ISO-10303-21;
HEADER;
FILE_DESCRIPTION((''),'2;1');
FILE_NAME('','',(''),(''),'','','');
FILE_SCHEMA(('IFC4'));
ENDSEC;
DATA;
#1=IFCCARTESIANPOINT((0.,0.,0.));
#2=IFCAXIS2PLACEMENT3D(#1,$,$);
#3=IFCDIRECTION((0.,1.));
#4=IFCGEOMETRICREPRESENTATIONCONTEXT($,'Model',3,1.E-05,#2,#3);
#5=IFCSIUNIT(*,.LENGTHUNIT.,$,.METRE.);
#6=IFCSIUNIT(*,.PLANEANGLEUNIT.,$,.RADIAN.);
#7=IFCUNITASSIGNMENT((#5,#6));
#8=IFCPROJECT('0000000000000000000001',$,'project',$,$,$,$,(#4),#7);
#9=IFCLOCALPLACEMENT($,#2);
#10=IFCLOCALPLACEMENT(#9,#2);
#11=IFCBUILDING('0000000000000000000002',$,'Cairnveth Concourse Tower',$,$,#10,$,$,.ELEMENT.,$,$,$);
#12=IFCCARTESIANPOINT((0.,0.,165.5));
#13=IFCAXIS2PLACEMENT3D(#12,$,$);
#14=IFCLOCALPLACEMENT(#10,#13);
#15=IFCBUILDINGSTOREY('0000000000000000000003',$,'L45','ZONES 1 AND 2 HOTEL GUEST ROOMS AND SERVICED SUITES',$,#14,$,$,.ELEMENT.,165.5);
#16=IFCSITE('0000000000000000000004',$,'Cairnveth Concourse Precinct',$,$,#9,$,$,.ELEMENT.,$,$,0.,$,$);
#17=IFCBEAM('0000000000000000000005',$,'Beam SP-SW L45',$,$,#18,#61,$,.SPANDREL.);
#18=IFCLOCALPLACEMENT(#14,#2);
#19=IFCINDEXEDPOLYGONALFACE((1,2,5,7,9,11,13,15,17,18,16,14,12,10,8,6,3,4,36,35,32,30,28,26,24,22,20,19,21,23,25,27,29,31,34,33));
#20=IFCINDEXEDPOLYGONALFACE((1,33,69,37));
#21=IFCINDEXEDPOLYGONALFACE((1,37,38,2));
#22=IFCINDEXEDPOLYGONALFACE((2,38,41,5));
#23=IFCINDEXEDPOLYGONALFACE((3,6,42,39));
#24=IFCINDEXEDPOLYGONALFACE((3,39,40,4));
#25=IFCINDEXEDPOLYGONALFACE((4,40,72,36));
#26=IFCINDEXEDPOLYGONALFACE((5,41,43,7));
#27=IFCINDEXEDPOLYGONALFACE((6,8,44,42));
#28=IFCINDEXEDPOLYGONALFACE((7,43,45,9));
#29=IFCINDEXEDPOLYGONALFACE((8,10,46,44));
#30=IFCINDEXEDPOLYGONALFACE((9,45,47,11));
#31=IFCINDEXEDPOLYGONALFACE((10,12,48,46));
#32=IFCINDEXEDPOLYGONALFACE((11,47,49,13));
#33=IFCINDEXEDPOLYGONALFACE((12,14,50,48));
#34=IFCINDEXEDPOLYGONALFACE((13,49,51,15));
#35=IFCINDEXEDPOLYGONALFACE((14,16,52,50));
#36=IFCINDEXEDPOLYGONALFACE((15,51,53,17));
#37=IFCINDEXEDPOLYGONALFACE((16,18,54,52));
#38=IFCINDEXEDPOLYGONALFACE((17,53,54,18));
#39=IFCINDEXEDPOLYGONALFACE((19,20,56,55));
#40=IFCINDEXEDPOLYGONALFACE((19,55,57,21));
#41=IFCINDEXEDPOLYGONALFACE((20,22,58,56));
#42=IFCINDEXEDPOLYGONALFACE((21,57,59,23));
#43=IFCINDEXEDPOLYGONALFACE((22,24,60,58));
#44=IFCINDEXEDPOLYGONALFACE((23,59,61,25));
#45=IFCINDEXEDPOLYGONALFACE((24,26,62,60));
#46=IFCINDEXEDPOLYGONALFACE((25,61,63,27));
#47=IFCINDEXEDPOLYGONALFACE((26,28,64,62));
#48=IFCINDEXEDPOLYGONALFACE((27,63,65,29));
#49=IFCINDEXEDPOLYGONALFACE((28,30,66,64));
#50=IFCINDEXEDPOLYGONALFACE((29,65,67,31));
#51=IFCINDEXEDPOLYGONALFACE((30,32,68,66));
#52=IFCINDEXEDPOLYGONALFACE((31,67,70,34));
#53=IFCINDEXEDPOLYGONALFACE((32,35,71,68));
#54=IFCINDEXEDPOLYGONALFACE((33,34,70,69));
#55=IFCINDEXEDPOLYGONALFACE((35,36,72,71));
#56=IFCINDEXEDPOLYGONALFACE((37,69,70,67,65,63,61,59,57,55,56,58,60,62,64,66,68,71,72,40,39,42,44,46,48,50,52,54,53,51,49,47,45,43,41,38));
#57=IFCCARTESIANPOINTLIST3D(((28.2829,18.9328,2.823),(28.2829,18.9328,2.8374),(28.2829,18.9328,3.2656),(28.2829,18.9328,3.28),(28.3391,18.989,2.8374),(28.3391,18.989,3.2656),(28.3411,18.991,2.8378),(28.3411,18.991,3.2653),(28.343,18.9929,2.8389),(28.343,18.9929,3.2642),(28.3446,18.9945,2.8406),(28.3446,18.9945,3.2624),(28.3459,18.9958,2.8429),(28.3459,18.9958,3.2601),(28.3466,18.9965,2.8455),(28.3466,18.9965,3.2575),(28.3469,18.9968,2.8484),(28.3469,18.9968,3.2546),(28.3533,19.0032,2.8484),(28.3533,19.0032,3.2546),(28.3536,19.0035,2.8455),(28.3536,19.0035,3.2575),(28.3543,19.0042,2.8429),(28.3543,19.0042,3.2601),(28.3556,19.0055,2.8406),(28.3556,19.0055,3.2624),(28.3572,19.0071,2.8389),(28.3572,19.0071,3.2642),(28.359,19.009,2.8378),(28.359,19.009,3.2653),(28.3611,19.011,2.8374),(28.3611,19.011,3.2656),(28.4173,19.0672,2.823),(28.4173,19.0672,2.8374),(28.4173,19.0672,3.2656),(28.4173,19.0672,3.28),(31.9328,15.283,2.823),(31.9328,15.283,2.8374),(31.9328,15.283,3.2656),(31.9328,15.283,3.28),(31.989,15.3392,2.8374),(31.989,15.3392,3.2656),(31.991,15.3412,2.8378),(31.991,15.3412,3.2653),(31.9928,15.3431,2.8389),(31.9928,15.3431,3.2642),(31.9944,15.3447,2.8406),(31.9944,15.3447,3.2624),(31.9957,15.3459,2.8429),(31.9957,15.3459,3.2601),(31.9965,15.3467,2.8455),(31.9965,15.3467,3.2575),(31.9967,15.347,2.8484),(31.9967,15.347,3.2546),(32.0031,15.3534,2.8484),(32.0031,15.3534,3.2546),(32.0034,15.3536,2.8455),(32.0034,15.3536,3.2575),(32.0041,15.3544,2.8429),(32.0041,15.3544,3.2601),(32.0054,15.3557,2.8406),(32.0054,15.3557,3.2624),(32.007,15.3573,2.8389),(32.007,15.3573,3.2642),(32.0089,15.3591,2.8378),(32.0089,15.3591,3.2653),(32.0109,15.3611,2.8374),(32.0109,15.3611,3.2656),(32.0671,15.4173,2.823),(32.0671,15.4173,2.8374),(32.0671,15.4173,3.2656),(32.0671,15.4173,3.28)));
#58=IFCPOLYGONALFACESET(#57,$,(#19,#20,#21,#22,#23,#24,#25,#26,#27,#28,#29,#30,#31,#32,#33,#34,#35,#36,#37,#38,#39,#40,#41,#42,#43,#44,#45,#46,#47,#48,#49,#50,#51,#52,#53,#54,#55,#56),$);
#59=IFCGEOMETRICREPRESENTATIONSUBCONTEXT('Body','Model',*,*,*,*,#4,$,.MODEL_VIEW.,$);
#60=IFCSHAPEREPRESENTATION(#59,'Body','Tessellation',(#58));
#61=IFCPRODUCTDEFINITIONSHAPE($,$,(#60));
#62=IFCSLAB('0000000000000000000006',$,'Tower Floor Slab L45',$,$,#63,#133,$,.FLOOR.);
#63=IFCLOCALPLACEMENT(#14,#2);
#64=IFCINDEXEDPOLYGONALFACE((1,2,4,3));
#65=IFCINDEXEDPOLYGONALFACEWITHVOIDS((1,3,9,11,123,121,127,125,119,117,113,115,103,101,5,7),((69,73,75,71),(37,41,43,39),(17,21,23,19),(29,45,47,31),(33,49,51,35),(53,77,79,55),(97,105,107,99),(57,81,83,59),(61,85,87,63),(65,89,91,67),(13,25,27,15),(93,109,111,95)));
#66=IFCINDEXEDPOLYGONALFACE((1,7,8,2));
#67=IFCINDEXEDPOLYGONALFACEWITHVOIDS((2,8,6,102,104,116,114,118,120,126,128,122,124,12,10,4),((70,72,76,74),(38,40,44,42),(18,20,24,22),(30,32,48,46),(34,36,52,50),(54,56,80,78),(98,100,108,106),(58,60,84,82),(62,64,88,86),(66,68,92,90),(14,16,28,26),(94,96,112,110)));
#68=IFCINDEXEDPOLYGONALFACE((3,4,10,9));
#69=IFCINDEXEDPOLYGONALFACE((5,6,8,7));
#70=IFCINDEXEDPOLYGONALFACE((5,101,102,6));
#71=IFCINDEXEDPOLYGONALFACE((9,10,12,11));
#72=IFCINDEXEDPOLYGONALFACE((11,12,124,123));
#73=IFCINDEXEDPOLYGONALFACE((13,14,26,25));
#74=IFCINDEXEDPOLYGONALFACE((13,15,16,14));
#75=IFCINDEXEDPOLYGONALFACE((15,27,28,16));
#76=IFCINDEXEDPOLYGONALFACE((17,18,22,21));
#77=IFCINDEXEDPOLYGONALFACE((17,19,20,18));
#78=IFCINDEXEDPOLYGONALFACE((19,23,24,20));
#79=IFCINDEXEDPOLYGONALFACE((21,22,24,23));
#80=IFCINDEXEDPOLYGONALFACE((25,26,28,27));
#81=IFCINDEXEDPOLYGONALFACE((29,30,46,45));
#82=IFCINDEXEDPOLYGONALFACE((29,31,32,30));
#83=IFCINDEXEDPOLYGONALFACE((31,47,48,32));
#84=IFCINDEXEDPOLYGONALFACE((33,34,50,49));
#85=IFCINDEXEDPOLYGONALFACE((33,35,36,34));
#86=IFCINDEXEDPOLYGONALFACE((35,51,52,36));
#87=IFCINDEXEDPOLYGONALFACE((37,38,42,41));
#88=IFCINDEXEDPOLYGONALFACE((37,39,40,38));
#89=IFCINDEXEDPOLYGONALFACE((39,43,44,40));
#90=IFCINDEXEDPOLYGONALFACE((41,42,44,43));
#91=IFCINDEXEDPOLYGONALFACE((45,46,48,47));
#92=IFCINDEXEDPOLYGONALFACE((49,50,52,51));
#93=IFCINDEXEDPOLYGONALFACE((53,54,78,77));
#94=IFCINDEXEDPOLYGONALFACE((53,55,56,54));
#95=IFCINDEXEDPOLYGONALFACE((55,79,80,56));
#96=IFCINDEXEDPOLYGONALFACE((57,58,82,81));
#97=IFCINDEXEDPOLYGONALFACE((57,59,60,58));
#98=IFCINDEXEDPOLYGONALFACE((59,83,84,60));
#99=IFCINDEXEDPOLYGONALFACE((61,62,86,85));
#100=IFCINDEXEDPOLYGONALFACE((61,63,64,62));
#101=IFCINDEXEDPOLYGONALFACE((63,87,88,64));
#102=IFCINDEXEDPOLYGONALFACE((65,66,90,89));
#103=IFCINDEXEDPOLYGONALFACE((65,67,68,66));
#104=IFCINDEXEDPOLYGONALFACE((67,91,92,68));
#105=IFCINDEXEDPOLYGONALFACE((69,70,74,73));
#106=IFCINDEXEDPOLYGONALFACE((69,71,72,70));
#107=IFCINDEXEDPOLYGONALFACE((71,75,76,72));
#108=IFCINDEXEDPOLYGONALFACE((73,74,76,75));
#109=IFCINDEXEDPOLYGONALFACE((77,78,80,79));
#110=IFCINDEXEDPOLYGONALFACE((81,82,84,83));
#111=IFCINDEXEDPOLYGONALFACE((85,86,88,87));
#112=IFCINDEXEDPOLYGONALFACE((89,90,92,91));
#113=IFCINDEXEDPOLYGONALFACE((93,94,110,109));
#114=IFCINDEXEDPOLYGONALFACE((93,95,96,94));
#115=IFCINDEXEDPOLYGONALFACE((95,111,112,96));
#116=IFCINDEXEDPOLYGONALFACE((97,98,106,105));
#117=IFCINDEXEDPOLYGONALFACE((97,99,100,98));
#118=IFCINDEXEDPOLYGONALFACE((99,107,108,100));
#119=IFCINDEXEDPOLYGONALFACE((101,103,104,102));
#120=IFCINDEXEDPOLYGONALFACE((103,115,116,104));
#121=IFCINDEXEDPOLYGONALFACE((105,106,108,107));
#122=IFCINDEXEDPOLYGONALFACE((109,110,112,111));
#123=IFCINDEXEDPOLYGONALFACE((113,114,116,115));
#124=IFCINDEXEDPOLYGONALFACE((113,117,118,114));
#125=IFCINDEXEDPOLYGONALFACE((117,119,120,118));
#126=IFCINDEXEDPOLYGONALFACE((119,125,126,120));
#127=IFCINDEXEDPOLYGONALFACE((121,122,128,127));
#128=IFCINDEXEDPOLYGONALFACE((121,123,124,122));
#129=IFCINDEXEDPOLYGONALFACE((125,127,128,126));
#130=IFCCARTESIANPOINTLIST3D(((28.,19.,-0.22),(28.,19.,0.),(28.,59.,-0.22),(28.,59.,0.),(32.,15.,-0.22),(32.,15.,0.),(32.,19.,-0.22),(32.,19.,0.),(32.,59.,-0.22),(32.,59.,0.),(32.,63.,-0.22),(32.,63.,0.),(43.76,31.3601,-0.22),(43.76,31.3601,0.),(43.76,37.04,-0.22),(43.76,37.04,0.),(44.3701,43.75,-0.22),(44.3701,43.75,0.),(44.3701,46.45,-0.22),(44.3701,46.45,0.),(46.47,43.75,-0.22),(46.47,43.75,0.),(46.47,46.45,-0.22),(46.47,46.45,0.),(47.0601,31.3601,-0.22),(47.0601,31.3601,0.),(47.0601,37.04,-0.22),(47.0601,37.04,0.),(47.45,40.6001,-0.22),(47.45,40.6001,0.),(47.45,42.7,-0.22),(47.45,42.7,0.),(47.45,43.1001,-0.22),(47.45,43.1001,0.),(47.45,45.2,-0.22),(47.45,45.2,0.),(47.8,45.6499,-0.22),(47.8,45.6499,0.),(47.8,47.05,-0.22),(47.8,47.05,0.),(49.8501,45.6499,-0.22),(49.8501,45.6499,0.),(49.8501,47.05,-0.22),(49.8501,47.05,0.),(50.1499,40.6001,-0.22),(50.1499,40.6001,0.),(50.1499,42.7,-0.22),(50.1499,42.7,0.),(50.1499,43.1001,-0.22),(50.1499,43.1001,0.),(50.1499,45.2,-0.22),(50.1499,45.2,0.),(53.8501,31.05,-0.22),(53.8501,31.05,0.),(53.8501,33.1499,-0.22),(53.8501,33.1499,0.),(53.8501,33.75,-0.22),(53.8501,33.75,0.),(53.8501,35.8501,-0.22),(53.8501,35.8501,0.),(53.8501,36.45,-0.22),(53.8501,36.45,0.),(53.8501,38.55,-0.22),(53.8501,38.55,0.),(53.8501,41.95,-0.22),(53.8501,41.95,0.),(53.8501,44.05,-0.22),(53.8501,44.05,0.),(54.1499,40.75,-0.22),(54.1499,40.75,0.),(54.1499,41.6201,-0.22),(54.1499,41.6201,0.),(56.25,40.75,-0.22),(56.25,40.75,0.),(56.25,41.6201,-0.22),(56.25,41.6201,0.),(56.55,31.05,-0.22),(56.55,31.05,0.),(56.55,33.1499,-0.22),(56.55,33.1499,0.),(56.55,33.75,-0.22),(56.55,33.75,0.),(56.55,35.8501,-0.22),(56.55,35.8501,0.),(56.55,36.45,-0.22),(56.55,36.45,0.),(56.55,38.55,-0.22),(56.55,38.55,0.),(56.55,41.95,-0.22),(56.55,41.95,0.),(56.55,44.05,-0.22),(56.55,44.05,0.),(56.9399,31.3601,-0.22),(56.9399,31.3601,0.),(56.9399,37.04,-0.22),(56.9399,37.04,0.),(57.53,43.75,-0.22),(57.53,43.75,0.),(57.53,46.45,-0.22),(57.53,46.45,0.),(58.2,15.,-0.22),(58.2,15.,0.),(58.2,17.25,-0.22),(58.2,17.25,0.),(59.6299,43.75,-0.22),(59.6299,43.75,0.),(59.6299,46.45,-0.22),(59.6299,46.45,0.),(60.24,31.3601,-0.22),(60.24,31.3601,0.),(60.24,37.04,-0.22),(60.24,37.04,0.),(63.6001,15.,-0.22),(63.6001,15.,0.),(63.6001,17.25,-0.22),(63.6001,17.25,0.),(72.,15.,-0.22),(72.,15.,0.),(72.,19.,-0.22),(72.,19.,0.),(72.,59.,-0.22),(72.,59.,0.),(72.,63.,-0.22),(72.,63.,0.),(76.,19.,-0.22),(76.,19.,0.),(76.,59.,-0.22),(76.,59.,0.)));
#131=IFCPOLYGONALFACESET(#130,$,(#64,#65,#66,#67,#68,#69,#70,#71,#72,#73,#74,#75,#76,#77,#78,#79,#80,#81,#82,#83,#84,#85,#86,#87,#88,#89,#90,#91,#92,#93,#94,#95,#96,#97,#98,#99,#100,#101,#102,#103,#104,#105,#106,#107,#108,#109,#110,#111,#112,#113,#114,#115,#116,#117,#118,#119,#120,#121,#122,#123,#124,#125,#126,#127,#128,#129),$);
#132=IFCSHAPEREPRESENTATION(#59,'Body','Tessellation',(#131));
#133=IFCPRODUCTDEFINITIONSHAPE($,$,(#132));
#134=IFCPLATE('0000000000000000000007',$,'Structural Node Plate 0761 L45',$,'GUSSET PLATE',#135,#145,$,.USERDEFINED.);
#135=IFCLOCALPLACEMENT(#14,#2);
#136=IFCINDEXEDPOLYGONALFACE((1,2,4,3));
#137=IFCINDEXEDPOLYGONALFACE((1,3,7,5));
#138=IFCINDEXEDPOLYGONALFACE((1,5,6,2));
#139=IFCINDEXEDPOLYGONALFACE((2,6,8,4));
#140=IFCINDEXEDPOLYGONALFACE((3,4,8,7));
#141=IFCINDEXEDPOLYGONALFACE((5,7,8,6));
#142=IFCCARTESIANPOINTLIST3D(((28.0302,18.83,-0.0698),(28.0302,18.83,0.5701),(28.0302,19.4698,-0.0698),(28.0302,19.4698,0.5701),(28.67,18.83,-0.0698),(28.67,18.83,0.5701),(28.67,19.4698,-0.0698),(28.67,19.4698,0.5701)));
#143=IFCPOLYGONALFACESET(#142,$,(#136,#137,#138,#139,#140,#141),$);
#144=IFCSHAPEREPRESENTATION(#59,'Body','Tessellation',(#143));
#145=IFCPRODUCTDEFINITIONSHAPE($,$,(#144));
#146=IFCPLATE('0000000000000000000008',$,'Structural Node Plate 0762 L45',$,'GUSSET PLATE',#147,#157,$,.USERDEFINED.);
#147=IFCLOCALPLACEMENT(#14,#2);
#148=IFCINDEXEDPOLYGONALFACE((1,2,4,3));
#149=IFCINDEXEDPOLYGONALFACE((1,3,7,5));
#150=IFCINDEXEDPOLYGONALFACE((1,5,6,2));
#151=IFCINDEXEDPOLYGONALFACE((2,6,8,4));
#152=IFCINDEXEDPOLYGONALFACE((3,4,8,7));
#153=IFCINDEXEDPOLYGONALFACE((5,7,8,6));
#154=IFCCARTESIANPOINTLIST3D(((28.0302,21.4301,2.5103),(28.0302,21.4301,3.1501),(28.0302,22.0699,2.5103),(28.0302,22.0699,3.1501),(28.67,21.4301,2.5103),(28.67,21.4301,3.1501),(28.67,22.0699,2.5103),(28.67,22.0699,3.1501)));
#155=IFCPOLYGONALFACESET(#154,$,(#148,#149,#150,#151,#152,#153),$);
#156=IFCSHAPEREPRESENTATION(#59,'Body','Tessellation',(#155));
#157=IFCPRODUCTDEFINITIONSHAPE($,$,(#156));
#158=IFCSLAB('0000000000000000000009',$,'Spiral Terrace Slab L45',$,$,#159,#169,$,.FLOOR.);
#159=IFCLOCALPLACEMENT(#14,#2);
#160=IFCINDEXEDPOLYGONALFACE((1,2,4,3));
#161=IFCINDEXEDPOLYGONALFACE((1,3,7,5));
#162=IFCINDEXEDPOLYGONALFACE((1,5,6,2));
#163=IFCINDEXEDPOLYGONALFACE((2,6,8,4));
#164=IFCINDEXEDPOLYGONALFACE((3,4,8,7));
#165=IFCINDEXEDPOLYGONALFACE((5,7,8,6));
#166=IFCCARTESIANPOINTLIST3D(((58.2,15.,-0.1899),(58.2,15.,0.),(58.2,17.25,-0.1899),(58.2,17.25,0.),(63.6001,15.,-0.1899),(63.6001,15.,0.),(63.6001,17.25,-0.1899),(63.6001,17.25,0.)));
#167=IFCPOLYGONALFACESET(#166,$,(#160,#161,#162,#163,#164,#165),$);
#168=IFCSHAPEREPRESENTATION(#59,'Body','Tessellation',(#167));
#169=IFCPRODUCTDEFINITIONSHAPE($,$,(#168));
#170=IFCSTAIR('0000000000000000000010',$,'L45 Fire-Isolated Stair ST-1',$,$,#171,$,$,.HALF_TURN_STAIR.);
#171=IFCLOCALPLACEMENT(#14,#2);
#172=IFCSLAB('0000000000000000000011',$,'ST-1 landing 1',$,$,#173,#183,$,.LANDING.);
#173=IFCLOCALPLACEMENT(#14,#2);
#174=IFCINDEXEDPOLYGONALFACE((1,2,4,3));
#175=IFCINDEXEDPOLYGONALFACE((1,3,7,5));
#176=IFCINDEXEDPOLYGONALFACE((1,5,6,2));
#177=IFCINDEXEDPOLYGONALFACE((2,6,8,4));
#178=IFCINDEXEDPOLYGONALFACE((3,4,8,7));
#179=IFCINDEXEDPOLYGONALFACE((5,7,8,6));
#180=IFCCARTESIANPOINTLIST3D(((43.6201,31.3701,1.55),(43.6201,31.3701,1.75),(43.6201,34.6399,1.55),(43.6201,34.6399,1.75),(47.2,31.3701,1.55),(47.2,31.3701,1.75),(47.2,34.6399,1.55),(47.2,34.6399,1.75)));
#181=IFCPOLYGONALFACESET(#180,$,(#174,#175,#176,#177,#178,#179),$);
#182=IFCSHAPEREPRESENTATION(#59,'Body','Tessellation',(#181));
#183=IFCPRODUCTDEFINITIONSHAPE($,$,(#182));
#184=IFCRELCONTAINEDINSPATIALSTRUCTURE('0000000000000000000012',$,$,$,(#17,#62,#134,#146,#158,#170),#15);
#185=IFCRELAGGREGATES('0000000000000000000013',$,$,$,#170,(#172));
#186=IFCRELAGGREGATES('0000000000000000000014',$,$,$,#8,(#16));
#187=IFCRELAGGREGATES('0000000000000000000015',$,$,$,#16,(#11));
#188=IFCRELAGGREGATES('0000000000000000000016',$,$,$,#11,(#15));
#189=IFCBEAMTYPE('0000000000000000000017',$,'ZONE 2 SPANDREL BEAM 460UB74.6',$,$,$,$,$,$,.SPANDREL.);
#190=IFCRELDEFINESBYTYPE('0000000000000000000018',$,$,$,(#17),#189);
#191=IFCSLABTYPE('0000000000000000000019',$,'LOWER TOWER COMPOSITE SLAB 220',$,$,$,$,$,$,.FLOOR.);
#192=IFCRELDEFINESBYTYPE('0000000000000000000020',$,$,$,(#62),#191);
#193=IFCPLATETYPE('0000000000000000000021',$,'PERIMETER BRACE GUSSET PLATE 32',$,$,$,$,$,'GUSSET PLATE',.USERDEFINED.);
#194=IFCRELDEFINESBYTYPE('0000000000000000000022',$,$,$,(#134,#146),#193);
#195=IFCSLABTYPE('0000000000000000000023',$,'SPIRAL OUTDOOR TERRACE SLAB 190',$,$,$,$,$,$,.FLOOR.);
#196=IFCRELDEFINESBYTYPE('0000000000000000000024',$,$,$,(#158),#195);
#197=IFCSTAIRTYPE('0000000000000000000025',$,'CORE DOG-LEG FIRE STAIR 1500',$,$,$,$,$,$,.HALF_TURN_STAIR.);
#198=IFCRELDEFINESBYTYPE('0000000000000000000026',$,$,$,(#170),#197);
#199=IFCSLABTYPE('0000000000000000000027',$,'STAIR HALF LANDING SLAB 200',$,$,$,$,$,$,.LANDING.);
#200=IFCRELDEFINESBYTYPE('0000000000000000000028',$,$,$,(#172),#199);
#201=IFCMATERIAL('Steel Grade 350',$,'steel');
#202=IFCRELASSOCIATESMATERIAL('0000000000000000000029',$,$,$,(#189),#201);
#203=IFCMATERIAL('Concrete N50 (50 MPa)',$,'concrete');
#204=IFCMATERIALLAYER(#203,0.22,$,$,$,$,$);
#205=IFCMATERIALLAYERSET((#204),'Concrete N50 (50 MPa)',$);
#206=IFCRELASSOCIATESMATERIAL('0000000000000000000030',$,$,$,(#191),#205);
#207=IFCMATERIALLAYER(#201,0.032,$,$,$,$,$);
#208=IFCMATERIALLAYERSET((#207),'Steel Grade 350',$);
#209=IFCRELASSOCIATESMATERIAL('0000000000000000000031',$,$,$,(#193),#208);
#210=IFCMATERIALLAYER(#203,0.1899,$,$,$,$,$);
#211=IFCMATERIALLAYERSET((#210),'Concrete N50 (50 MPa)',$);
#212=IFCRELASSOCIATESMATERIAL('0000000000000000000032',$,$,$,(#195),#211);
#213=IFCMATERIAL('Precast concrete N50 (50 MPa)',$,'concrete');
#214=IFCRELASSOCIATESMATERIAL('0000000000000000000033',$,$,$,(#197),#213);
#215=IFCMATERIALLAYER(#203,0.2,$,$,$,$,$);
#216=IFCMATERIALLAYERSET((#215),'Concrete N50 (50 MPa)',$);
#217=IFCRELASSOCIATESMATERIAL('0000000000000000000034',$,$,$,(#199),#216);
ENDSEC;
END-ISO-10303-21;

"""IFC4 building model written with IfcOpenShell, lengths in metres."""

from ifc_helpers import new_model, si_unit, direction, frame, origin, origin_2d, place, context, subcontext, project, spatial, polyline, rectangle, i_section, outline, extrude, material, layer, layer_set, material_profile, profile_set, type_object, element, aggregate, save


model = new_model("IFC4")

# Units and contexts
model_context = context("Model", 3, precision=1e-05, world=origin(), true_north=direction((0.0, 1.0)))
body_context = subcontext(model_context, "Body", "Model", "MODEL_VIEW")
ifc_project = project(units=[si_unit("LENGTHUNIT", "METRE"), si_unit("PLANEANGLEUNIT", "RADIAN")], contexts=[model_context])

# Site, building, storey
site_placement = place(None, origin())
site = spatial("IfcSite", under=ifc_project, at=site_placement, Name="Cairnveth Concourse Precinct", CompositionType="ELEMENT", RefElevation=0.0)
building_placement = place(site_placement, origin())
building = spatial("IfcBuilding", under=site, at=building_placement, Name="Cairnveth Concourse Tower", CompositionType="ELEMENT")
storey_placement = place(building_placement, frame((0.0, 0.0, 165.5)))
storey = spatial("IfcBuildingStorey", under=building, at=storey_placement, Name="L45", Description="ZONES 1 AND 2 HOTEL GUEST ROOMS AND SERVICED SUITES", CompositionType="ELEMENT", Elevation=165.5)

# Shared definitions
ifc_material_1 = material(Name="Steel Grade 350", Category="steel")

# Beam
ifc_material_profile_1 = material_profile(ifc_material_1, i_section(OverallWidth=0.1899, OverallDepth=0.457, WebThickness=0.009, FlangeThickness=0.0144, FilletRadius=0.011, at=origin_2d()), Name="460UB74.6")
ifc_profile_set_1 = profile_set([ifc_material_profile_1], Name="Steel Grade 350")
beam_type_1 = type_object("IfcBeamType", Name="ZONE 2 SPANDREL BEAM 460UB74.6", PredefinedType="SPANDREL", material=ifc_profile_set_1)
beam_1_placement = place(storey_placement, frame((28.3501, 19.0, 3.0515), z_axis=(0.707107, -0.707107, 0.0), x_axis=(0.707107, 0.707107, 0.0)))
element("IfcBeam", 1, at=beam_1_placement, inside=storey, type_object=beam_type_1, Name="Beam SP-SW L45", PredefinedType="SPANDREL", context=body_context, shape_type="SweptSolid", body=[
    extrude(i_section(OverallWidth=0.1899, OverallDepth=0.457, WebThickness=0.009, FlangeThickness=0.0144, FilletRadius=0.011, at=origin_2d()), origin(), (0.0, 0.0, 1.0), 5.1616),
])

# Slab
ifc_material_2 = material(Name="Concrete N50 (50 MPa)", Category="concrete")
ifc_layer_1 = layer(ifc_material_2, 0.22)
ifc_layer_set_1 = layer_set([ifc_layer_1], Name="Concrete N50 (50 MPa)")
slab_type_1 = type_object("IfcSlabType", Name="LOWER TOWER COMPOSITE SLAB 220", PredefinedType="FLOOR", material=ifc_layer_set_1)
slab_1_placement = place(storey_placement, frame((0.0, 0.0, -0.22)))
element("IfcSlab", 2, at=slab_1_placement, inside=storey, type_object=slab_type_1, Name="Tower Floor Slab L45", PredefinedType="FLOOR", context=body_context, shape_type="SweptSolid", body=[
    extrude(outline(polyline([(58.2, 15.0), (58.2, 17.25), (63.6001, 17.25), (63.6001, 15.0), (72.0, 15.0), (72.0, 19.0), (76.0, 19.0), (76.0, 59.0), (72.0, 59.0), (72.0, 63.0), (32.0, 63.0), (32.0, 59.0), (28.0, 59.0), (28.0, 19.0), (32.0, 19.0), (32.0, 15.0), (58.2, 15.0)]), holes=[polyline([(43.76, 31.3601), (47.0601, 31.3601), (47.0601, 37.04), (43.76, 37.04), (43.76, 31.3601)]), polyline([(56.9399, 31.3601), (60.24, 31.3601), (60.24, 37.04), (56.9399, 37.04), (56.9399, 31.3601)]), polyline([(44.3701, 43.75), (46.47, 43.75), (46.47, 46.45), (44.3701, 46.45), (44.3701, 43.75)]), polyline([(57.53, 43.75), (59.6299, 43.75), (59.6299, 46.45), (57.53, 46.45), (57.53, 43.75)]), polyline([(53.8501, 31.05), (56.55, 31.05), (56.55, 33.1499), (53.8501, 33.1499), (53.8501, 31.05)]), polyline([(53.8501, 33.75), (56.55, 33.75), (56.55, 35.8501), (53.8501, 35.8501), (53.8501, 33.75)]), polyline([(53.8501, 36.45), (56.55, 36.45), (56.55, 38.55), (53.8501, 38.55), (53.8501, 36.45)]), polyline([(47.45, 40.6001), (50.1499, 40.6001), (50.1499, 42.7), (47.45, 42.7), (47.45, 40.6001)]), polyline([(47.45, 43.1001), (50.1499, 43.1001), (50.1499, 45.2), (47.45, 45.2), (47.45, 43.1001)]), polyline([(53.8501, 41.95), (56.55, 41.95), (56.55, 44.05), (53.8501, 44.05), (53.8501, 41.95)]), polyline([(47.8, 45.6499), (49.8501, 45.6499), (49.8501, 47.05), (47.8, 47.05), (47.8, 45.6499)]), polyline([(54.1499, 40.75), (56.25, 40.75), (56.25, 41.6201), (54.1499, 41.6201), (54.1499, 40.75)])]), origin(), (0.0, 0.0, 1.0), 0.22),
])

# Plates
ifc_layer_2 = layer(ifc_material_1, 0.032)
ifc_layer_set_2 = layer_set([ifc_layer_2], Name="Steel Grade 350")
plate_type = type_object("IfcPlateType", Name="PERIMETER BRACE GUSSET PLATE 32", ElementType="GUSSET PLATE", PredefinedType="USERDEFINED", material=ifc_layer_set_2)
for number, where, z_axis, x_axis, name in (
    (3, (28.3501, 19.1499, -0.0698), (0.0, 0.0, 1.0), (1.0, 0.0, 0.0), "Structural Node Plate 0761 L45"),
    (4, (28.3501, 21.75, 2.5103), (0.0, 0.0, 1.0), (1.0, 0.0, 0.0), "Structural Node Plate 0762 L45"),
):
    element("IfcPlate", number, at=place(storey_placement, frame(where, z_axis=z_axis, x_axis=x_axis)), inside=storey, type_object=plate_type, Name=name, ObjectType="GUSSET PLATE", PredefinedType="USERDEFINED", context=body_context, shape_type="SweptSolid", body=[
        extrude(rectangle(XDim=0.6399, YDim=0.6399, at=origin_2d()), origin(), (0.0, 0.0, 1.0), 0.6399),
    ])

# Slab
ifc_layer_3 = layer(ifc_material_2, 0.1899)
ifc_layer_set_3 = layer_set([ifc_layer_3], Name="Concrete N50 (50 MPa)")
slab_type_2 = type_object("IfcSlabType", Name="SPIRAL OUTDOOR TERRACE SLAB 190", PredefinedType="FLOOR", material=ifc_layer_set_3)
slab_2_placement = place(storey_placement, frame((0.0, 0.0, -0.1899)))
element("IfcSlab", 5, at=slab_2_placement, inside=storey, type_object=slab_type_2, Name="Spiral Terrace Slab L45", PredefinedType="FLOOR", context=body_context, shape_type="SweptSolid", body=[
    extrude(outline(polyline([(58.2, 15.0), (63.6001, 15.0), (63.6001, 17.25), (58.2, 17.25), (58.2, 15.0)])), origin(), (0.0, 0.0, 1.0), 0.1899),
])

# Stair, slab
ifc_material_3 = material(Name="Precast concrete N50 (50 MPa)", Category="concrete")
stair_type = type_object("IfcStairType", Name="CORE DOG-LEG FIRE STAIR 1500", PredefinedType="HALF_TURN_STAIR", material=ifc_material_3)
stair_1_placement = place(storey_placement, origin())
stair_1 = element("IfcStair", 6, at=stair_1_placement, inside=storey, type_object=stair_type, Name="L45 Fire-Isolated Stair ST-1", PredefinedType="HALF_TURN_STAIR")
ifc_layer_4 = layer(ifc_material_2, 0.2)
ifc_layer_set_4 = layer_set([ifc_layer_4], Name="Concrete N50 (50 MPa)")
slab_type_3 = type_object("IfcSlabType", Name="STAIR HALF LANDING SLAB 200", PredefinedType="LANDING", material=ifc_layer_set_4)
slab_3_placement = place(storey_placement, frame((0.0, 0.0, 1.55)))
slab_3 = element("IfcSlab", 7, at=slab_3_placement, type_object=slab_type_3, Name="ST-1 landing 1", PredefinedType="LANDING", context=body_context, shape_type="SweptSolid", body=[
    extrude(outline(polyline([(43.6201, 34.6399), (43.6201, 31.3701), (47.2, 31.3701), (47.2, 34.6399), (43.6201, 34.6399)])), origin(), (0.0, 0.0, 1.0), 0.2),
])
aggregate(stair_1, [slab_3])

save(model, "model.ifc")
